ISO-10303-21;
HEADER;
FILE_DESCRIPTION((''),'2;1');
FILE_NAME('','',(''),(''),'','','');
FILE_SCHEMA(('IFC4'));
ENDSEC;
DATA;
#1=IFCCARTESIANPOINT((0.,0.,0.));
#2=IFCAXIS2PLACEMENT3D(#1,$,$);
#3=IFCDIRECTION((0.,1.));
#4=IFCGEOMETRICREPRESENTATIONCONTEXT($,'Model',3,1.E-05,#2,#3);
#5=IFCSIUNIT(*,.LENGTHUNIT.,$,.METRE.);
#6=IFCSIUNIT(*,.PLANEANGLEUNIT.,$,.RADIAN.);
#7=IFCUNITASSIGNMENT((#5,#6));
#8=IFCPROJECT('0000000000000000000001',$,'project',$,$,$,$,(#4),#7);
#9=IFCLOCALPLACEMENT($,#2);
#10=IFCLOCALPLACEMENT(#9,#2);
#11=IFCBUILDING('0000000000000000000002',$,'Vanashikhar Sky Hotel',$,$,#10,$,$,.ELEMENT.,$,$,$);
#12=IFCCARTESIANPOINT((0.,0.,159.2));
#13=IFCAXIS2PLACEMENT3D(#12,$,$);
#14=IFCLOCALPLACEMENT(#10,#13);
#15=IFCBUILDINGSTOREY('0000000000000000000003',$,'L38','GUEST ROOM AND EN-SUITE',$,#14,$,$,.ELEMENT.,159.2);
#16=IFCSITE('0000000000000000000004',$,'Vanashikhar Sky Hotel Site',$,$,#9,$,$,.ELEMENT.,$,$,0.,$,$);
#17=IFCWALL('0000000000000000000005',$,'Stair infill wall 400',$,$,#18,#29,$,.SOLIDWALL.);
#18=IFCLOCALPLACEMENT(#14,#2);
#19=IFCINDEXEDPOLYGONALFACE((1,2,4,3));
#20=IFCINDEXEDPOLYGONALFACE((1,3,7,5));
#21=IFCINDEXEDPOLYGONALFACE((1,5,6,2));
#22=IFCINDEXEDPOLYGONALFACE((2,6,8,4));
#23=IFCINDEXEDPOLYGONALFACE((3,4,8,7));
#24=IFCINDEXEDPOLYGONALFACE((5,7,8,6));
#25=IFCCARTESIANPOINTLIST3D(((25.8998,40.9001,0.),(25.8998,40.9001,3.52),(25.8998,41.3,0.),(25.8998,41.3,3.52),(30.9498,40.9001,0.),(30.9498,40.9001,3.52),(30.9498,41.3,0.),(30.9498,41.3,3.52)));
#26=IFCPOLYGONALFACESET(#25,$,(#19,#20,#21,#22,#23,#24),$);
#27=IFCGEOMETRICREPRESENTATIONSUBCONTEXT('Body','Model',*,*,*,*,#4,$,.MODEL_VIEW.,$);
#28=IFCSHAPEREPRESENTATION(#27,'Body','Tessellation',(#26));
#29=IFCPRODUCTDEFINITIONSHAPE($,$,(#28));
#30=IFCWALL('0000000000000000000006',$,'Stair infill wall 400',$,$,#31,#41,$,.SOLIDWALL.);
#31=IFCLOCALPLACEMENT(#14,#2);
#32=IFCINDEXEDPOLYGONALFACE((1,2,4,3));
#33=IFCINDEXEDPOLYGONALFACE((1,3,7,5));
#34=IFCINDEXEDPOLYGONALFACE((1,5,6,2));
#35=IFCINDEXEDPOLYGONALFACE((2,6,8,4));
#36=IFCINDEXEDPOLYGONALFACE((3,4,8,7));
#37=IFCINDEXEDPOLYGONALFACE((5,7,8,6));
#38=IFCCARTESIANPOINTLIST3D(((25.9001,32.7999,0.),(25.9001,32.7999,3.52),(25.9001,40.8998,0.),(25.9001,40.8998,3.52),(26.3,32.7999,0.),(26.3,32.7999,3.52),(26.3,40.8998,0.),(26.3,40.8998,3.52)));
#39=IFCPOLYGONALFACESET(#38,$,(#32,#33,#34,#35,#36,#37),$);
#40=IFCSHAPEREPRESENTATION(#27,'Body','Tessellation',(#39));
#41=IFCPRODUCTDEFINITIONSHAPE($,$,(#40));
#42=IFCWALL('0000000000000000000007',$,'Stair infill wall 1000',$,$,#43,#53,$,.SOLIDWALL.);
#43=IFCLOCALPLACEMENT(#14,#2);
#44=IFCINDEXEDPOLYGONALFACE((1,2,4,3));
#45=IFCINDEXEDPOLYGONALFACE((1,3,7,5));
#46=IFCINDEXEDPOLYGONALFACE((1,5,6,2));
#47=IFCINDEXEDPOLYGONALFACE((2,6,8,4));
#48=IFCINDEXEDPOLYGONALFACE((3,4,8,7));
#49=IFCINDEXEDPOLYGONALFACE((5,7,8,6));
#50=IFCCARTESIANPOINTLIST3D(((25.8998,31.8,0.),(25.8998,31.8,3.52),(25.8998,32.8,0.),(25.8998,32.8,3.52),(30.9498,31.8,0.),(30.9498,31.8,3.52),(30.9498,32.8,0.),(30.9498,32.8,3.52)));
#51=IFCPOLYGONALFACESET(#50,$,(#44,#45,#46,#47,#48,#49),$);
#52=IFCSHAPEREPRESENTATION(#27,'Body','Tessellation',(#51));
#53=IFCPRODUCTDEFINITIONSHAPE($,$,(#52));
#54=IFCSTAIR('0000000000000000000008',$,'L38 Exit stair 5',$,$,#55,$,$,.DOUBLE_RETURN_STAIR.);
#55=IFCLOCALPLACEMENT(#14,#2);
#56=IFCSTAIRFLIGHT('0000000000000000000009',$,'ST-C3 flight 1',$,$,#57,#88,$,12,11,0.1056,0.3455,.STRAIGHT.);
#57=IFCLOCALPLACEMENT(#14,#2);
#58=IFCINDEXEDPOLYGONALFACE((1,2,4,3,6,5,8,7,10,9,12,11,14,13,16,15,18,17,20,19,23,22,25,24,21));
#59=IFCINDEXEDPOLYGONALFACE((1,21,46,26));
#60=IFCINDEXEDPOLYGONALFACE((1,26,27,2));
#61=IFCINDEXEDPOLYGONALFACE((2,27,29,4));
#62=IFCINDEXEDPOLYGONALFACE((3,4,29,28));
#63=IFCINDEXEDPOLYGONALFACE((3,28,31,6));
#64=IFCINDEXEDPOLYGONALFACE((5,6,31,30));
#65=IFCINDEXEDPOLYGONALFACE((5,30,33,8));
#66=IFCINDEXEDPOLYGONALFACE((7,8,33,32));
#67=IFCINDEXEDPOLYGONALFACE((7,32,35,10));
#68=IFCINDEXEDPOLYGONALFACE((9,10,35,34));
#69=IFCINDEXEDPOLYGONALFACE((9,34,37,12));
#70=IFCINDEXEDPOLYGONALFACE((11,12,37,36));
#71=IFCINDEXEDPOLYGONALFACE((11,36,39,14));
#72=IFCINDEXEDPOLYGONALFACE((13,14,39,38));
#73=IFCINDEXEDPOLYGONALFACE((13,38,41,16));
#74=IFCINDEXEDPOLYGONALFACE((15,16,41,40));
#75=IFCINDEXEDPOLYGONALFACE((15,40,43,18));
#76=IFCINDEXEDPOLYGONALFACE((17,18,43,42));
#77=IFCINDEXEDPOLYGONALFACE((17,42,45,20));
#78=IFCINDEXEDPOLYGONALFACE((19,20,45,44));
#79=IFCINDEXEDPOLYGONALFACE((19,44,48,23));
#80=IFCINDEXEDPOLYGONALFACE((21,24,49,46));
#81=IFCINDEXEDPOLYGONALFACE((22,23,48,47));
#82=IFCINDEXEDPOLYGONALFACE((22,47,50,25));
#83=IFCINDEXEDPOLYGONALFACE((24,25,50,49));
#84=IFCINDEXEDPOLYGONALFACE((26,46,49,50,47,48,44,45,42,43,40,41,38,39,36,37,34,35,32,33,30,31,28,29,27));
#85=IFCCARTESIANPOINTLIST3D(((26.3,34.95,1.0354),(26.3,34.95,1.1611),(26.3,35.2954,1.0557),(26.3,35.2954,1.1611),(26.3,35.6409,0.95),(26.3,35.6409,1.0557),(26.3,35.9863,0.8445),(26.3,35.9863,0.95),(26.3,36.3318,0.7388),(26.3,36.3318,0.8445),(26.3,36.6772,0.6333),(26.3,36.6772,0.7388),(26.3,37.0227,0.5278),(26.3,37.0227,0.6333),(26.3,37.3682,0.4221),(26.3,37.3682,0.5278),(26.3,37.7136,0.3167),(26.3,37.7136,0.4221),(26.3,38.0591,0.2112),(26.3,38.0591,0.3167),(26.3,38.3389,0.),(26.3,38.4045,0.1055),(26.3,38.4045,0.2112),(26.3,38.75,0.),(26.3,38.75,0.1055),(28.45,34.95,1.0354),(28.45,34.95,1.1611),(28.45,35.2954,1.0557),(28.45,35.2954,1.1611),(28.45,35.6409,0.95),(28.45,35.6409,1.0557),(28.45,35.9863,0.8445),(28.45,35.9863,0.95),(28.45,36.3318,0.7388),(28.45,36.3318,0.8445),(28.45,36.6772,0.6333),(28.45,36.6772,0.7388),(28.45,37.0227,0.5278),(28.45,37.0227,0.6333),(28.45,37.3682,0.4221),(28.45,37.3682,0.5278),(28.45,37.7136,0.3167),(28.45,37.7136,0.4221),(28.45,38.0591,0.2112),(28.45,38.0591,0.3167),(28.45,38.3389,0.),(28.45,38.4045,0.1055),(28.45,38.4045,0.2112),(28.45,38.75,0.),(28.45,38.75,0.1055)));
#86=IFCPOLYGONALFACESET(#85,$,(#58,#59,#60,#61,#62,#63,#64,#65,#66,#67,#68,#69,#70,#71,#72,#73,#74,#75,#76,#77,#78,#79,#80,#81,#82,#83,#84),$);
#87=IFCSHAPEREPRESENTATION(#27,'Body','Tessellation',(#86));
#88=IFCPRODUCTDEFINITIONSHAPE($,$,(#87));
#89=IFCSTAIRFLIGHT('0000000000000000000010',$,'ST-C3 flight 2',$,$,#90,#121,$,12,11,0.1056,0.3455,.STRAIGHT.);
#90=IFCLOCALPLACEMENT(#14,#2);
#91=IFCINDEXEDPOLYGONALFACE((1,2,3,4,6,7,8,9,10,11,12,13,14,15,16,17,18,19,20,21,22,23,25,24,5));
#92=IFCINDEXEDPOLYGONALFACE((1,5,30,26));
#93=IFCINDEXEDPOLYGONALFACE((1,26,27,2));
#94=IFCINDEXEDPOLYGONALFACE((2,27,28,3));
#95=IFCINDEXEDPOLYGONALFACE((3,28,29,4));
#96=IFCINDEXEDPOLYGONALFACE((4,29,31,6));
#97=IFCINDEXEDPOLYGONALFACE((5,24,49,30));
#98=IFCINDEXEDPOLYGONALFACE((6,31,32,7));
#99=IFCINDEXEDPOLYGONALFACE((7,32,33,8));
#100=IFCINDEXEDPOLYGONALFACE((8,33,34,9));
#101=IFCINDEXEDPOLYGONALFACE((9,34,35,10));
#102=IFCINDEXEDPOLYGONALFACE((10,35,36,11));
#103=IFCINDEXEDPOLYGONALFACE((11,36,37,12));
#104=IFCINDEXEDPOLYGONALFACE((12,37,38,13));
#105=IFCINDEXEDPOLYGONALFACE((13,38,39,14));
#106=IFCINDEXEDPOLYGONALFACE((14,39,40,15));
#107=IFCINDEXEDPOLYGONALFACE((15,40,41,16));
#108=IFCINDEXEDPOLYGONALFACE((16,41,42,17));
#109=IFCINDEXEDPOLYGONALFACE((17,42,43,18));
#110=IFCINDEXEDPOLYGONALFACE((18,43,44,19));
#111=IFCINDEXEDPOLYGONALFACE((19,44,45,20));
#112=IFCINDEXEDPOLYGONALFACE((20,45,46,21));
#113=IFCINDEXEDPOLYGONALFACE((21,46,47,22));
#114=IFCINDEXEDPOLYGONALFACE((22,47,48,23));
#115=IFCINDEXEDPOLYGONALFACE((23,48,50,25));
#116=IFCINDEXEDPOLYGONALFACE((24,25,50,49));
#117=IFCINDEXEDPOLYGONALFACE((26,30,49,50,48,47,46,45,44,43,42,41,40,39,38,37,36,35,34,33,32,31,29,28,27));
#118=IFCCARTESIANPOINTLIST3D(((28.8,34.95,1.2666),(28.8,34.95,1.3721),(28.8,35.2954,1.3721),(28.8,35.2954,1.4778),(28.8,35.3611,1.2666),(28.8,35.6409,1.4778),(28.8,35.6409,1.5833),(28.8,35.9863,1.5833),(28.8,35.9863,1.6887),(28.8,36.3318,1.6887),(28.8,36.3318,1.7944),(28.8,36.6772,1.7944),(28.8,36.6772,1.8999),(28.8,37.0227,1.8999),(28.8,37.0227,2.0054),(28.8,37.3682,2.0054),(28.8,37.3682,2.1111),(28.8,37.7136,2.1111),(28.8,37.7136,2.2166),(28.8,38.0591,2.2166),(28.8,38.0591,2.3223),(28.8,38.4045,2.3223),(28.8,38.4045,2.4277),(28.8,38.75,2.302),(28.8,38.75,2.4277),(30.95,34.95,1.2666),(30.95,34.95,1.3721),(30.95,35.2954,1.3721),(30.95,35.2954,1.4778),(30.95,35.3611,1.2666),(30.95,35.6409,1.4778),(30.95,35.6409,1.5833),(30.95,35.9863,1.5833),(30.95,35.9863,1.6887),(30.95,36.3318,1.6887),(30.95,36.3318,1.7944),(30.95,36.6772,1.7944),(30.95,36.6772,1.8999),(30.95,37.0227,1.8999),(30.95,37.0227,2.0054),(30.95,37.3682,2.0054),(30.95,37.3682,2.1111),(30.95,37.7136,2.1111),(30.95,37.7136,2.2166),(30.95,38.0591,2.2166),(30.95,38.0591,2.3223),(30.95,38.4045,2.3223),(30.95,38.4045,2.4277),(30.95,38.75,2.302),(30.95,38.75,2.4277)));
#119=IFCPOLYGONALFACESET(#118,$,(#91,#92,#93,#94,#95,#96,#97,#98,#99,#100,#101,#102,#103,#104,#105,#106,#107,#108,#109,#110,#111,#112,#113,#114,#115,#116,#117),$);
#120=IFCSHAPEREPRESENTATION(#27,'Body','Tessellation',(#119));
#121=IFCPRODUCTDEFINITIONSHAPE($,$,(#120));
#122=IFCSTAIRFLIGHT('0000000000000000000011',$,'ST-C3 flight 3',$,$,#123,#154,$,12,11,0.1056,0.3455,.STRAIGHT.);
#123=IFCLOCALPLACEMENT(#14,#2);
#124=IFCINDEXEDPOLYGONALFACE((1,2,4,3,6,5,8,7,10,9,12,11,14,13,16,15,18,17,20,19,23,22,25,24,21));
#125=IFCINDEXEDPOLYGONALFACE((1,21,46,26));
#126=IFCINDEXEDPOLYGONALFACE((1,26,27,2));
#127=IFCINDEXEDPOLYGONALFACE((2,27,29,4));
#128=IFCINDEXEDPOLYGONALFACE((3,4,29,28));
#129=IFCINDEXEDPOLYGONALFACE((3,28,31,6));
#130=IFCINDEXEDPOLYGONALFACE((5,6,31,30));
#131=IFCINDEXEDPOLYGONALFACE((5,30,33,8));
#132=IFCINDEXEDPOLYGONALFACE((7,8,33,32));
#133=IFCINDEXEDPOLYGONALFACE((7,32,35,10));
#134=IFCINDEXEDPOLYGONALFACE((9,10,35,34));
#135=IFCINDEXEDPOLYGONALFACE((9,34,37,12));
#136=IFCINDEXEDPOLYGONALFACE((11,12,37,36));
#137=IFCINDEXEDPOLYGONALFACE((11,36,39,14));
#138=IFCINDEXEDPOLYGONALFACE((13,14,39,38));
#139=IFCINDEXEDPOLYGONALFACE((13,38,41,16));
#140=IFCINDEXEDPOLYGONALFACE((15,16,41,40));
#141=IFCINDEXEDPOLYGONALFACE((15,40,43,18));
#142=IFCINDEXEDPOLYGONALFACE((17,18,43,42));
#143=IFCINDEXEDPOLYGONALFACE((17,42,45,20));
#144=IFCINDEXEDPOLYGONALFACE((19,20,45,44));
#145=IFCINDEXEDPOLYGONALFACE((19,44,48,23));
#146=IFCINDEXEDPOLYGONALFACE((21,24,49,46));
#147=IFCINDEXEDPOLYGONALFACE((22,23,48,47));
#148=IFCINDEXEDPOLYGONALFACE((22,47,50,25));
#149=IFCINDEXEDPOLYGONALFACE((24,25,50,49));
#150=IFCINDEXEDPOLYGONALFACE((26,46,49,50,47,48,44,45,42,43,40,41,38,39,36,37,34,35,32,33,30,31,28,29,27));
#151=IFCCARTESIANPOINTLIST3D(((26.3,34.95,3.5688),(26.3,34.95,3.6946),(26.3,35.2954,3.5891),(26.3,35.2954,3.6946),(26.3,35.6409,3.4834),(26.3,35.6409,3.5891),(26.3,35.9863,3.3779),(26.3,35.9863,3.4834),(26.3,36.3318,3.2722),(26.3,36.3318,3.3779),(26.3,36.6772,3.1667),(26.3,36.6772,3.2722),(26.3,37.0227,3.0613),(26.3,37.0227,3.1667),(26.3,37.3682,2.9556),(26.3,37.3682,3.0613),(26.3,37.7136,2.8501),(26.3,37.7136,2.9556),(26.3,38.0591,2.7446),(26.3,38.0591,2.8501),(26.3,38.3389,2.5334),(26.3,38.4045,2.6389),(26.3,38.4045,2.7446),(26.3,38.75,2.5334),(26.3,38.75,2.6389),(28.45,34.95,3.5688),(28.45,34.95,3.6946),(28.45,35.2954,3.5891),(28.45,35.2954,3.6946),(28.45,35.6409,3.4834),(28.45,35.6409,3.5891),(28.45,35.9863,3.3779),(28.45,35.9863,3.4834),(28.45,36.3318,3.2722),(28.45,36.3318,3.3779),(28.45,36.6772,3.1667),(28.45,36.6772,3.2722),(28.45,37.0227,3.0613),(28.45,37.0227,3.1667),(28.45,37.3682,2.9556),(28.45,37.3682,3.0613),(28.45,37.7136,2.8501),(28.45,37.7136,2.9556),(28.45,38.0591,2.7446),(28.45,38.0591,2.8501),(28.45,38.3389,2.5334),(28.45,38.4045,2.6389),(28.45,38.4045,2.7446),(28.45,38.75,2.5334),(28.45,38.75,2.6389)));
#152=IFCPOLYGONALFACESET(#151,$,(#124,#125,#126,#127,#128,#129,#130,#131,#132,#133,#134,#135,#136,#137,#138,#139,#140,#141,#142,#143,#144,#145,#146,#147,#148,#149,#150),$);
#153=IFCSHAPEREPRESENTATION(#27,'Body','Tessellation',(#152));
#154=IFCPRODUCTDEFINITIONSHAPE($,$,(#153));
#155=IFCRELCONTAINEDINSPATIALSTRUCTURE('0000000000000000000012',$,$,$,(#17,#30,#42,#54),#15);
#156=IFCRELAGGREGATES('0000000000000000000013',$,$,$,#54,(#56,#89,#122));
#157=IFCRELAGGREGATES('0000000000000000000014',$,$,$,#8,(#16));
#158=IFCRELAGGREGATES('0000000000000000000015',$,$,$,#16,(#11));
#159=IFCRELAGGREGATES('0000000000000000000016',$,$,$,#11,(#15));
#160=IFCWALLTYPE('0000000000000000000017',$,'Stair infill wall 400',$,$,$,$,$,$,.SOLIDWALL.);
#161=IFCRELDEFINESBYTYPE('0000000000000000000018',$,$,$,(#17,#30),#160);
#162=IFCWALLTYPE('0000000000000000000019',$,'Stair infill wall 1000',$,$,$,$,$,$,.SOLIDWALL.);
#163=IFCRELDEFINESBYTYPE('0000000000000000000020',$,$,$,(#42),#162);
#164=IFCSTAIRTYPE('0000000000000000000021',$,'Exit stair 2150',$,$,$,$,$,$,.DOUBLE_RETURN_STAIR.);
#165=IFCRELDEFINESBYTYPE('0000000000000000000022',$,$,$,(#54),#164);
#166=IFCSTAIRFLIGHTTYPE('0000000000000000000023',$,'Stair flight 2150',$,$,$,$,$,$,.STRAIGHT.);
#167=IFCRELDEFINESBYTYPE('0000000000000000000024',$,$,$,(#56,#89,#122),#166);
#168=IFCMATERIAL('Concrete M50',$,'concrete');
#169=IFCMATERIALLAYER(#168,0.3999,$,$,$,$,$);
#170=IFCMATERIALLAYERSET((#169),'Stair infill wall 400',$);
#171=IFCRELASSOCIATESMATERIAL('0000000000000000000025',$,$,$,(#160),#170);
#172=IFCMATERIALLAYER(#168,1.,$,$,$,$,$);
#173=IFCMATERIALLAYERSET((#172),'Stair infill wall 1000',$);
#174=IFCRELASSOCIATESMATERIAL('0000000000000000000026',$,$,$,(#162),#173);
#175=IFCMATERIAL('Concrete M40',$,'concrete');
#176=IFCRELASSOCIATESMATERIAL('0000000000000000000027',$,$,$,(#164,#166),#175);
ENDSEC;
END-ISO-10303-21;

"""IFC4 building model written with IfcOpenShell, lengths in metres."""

from ifc_helpers import new_model, si_unit, direction, frame, frame_2d, origin, place, context, subcontext, project, spatial, polyline, rectangle, outline, extrude, source, transform, mapped, material, layer, layer_set, type_object, element, aggregate, save


model = new_model("IFC4")

# Units and contexts
model_context = context("Model", 3, precision=1e-05, world=origin(), true_north=direction((0.0, 1.0)))
body_context = subcontext(model_context, "Body", "Model", "MODEL_VIEW")
ifc_project = project(units=[si_unit("LENGTHUNIT", "METRE"), si_unit("PLANEANGLEUNIT", "RADIAN")], contexts=[model_context])

# Site, building, storey
site_placement = place(None, origin())
site = spatial("IfcSite", under=ifc_project, at=site_placement, Name="Vanashikhar Sky Hotel Site", CompositionType="ELEMENT", RefElevation=0.0)
building_placement = place(site_placement, origin())
building = spatial("IfcBuilding", under=site, at=building_placement, Name="Vanashikhar Sky Hotel", CompositionType="ELEMENT")
storey_placement = place(building_placement, frame((0.0, 0.0, 159.2)))
storey = spatial("IfcBuildingStorey", under=building, at=storey_placement, Name="L38", Description="GUEST ROOM AND EN-SUITE", CompositionType="ELEMENT", Elevation=159.2)

# Shared definitions
ifc_material_1 = material(Name="Concrete M50", Category="concrete")

# Shared definitions
ifc_material_2 = material(Name="Concrete M40", Category="concrete")

# Walls
ifc_layer_1 = layer(ifc_material_1, 0.3999)
ifc_layer_set_1 = layer_set([ifc_layer_1], Name="Stair infill wall 400")
wall_type_1 = type_object("IfcWallType", Name="Stair infill wall 400", PredefinedType="SOLIDWALL", material=ifc_layer_set_1)
shared_shape_1 = source(origin(), body_context, "Body", "SweptSolid", [
    extrude(rectangle(XDim=5.05, YDim=0.3999, at=frame_2d((2.5249, 0.0))), origin(), (0.0, 0.0, 1.0), 3.52),
])
wall_1_placement = place(storey_placement, frame((25.8999, 41.1001, 0.0), z_axis=(0.0, 0.0, 1.0), x_axis=(1.0, 0.0, 0.0)))
element("IfcWall", 1, at=wall_1_placement, inside=storey, type_object=wall_type_1, Name="Stair infill wall 400", PredefinedType="SOLIDWALL", context=body_context, shape_type="MappedRepresentation", body=[
    mapped(shared_shape_1, transform((0.0, 0.0, 0.0), scale=1.0)),
])
shared_shape_2 = source(origin(), body_context, "Body", "SweptSolid", [
    extrude(rectangle(XDim=8.0999, YDim=0.3999, at=frame_2d((4.0498, 0.0))), origin(), (0.0, 0.0, 1.0), 3.52),
])
wall_2_placement = place(storey_placement, frame((26.1001, 32.8, 0.0), z_axis=(0.0, 0.0, 1.0), x_axis=(0.0, 1.0, 0.0)))
element("IfcWall", 2, at=wall_2_placement, inside=storey, type_object=wall_type_1, Name="Stair infill wall 400", PredefinedType="SOLIDWALL", context=body_context, shape_type="MappedRepresentation", body=[
    mapped(shared_shape_2, transform((0.0, 0.0, 0.0), scale=1.0)),
])
ifc_layer_2 = layer(ifc_material_1, 1.0)
ifc_layer_set_2 = layer_set([ifc_layer_2], Name="Stair infill wall 1000")
wall_type_2 = type_object("IfcWallType", Name="Stair infill wall 1000", PredefinedType="SOLIDWALL", material=ifc_layer_set_2)
shared_shape_3 = source(origin(), body_context, "Body", "SweptSolid", [
    extrude(rectangle(XDim=5.05, YDim=1.0, at=frame_2d((2.5249, 0.0))), origin(), (0.0, 0.0, 1.0), 3.52),
])
wall_3_placement = place(storey_placement, frame((25.8999, 32.3, 0.0), z_axis=(0.0, 0.0, 1.0), x_axis=(1.0, 0.0, 0.0)))
element("IfcWall", 3, at=wall_3_placement, inside=storey, type_object=wall_type_2, Name="Stair infill wall 1000", PredefinedType="SOLIDWALL", context=body_context, shape_type="MappedRepresentation", body=[
    mapped(shared_shape_3, transform((0.0, 0.0, 0.0), scale=1.0)),
])

# Stair, stair flights
stair_type = type_object("IfcStairType", Name="Exit stair 2150", PredefinedType="DOUBLE_RETURN_STAIR", material=ifc_material_2)
stair_placement = place(storey_placement, origin())
stair = element("IfcStair", 4, at=stair_placement, inside=storey, type_object=stair_type, Name="L38 Exit stair 5", PredefinedType="DOUBLE_RETURN_STAIR")
stair_flight_type = type_object("IfcStairFlightType", Name="Stair flight 2150", PredefinedType="STRAIGHT", material=ifc_material_2)
shared_shape_4 = source(origin(), body_context, "Body", "SweptSolid", [
    extrude(outline(polyline([(0.0, 0.0), (0.0, 0.1055), (0.3455, 0.1055), (0.3455, 0.2112), (0.6909, 0.2112), (0.6909, 0.3167), (1.0364, 0.3167), (1.0364, 0.4221), (1.3818, 0.4221), (1.3818, 0.5278), (1.7273, 0.5278), (1.7273, 0.6333), (2.0728, 0.6333), (2.0728, 0.7388), (2.4182, 0.7388), (2.4182, 0.8445), (2.7637, 0.8445), (2.7637, 0.95), (3.1091, 0.95), (3.1091, 1.0557), (3.4546, 1.0557), (3.4546, 1.1611), (3.8, 1.1611), (3.8, 1.2666), (3.8, 1.0354), (0.4111, 0.0), (0.0, 0.0)])), frame((0.0, 1.075, 0.0), z_axis=(0.0, -1.0, 0.0), x_axis=(1.0, 0.0, 0.0)), (0.0, 0.0, 1.0), 2.1499),
])
stair_flight_1_placement = place(storey_placement, frame((27.375, 38.75, 0.0), z_axis=(0.0, 0.0, 1.0), x_axis=(0.0, -1.0, 0.0)))
stair_flight_1 = element("IfcStairFlight", 5, at=stair_flight_1_placement, type_object=stair_flight_type, Name="ST-C3 flight 1", NumberOfRisers=12, NumberOfTreads=11, PredefinedType="STRAIGHT", RiserHeight=0.1056, TreadLength=0.3455, context=body_context, shape_type="MappedRepresentation", body=[
    mapped(shared_shape_4, transform((0.0, 0.0, 0.0), scale=1.0)),
])
stair_flight_2_placement = place(storey_placement, frame((29.875, 34.95, 1.2666), z_axis=(0.0, 0.0, 1.0), x_axis=(0.0, 1.0, 0.0)))
stair_flight_2 = element("IfcStairFlight", 6, at=stair_flight_2_placement, type_object=stair_flight_type, Name="ST-C3 flight 2", NumberOfRisers=12, NumberOfTreads=11, PredefinedType="STRAIGHT", RiserHeight=0.1056, TreadLength=0.3455, context=body_context, shape_type="MappedRepresentation", body=[
    mapped(shared_shape_4, transform((0.0, 0.0, 0.0), scale=1.0)),
])
stair_flight_3_placement = place(storey_placement, frame((27.375, 38.75, 2.5334), z_axis=(0.0, 0.0, 1.0), x_axis=(0.0, -1.0, 0.0)))
stair_flight_3 = element("IfcStairFlight", 7, at=stair_flight_3_placement, type_object=stair_flight_type, Name="ST-C3 flight 3", NumberOfRisers=12, NumberOfTreads=11, PredefinedType="STRAIGHT", RiserHeight=0.1056, TreadLength=0.3455, context=body_context, shape_type="MappedRepresentation", body=[
    mapped(shared_shape_4, transform((0.0, 0.0, 0.0), scale=1.0)),
])
aggregate(stair, [stair_flight_1, stair_flight_2, stair_flight_3])

save(model, "model.ifc")
